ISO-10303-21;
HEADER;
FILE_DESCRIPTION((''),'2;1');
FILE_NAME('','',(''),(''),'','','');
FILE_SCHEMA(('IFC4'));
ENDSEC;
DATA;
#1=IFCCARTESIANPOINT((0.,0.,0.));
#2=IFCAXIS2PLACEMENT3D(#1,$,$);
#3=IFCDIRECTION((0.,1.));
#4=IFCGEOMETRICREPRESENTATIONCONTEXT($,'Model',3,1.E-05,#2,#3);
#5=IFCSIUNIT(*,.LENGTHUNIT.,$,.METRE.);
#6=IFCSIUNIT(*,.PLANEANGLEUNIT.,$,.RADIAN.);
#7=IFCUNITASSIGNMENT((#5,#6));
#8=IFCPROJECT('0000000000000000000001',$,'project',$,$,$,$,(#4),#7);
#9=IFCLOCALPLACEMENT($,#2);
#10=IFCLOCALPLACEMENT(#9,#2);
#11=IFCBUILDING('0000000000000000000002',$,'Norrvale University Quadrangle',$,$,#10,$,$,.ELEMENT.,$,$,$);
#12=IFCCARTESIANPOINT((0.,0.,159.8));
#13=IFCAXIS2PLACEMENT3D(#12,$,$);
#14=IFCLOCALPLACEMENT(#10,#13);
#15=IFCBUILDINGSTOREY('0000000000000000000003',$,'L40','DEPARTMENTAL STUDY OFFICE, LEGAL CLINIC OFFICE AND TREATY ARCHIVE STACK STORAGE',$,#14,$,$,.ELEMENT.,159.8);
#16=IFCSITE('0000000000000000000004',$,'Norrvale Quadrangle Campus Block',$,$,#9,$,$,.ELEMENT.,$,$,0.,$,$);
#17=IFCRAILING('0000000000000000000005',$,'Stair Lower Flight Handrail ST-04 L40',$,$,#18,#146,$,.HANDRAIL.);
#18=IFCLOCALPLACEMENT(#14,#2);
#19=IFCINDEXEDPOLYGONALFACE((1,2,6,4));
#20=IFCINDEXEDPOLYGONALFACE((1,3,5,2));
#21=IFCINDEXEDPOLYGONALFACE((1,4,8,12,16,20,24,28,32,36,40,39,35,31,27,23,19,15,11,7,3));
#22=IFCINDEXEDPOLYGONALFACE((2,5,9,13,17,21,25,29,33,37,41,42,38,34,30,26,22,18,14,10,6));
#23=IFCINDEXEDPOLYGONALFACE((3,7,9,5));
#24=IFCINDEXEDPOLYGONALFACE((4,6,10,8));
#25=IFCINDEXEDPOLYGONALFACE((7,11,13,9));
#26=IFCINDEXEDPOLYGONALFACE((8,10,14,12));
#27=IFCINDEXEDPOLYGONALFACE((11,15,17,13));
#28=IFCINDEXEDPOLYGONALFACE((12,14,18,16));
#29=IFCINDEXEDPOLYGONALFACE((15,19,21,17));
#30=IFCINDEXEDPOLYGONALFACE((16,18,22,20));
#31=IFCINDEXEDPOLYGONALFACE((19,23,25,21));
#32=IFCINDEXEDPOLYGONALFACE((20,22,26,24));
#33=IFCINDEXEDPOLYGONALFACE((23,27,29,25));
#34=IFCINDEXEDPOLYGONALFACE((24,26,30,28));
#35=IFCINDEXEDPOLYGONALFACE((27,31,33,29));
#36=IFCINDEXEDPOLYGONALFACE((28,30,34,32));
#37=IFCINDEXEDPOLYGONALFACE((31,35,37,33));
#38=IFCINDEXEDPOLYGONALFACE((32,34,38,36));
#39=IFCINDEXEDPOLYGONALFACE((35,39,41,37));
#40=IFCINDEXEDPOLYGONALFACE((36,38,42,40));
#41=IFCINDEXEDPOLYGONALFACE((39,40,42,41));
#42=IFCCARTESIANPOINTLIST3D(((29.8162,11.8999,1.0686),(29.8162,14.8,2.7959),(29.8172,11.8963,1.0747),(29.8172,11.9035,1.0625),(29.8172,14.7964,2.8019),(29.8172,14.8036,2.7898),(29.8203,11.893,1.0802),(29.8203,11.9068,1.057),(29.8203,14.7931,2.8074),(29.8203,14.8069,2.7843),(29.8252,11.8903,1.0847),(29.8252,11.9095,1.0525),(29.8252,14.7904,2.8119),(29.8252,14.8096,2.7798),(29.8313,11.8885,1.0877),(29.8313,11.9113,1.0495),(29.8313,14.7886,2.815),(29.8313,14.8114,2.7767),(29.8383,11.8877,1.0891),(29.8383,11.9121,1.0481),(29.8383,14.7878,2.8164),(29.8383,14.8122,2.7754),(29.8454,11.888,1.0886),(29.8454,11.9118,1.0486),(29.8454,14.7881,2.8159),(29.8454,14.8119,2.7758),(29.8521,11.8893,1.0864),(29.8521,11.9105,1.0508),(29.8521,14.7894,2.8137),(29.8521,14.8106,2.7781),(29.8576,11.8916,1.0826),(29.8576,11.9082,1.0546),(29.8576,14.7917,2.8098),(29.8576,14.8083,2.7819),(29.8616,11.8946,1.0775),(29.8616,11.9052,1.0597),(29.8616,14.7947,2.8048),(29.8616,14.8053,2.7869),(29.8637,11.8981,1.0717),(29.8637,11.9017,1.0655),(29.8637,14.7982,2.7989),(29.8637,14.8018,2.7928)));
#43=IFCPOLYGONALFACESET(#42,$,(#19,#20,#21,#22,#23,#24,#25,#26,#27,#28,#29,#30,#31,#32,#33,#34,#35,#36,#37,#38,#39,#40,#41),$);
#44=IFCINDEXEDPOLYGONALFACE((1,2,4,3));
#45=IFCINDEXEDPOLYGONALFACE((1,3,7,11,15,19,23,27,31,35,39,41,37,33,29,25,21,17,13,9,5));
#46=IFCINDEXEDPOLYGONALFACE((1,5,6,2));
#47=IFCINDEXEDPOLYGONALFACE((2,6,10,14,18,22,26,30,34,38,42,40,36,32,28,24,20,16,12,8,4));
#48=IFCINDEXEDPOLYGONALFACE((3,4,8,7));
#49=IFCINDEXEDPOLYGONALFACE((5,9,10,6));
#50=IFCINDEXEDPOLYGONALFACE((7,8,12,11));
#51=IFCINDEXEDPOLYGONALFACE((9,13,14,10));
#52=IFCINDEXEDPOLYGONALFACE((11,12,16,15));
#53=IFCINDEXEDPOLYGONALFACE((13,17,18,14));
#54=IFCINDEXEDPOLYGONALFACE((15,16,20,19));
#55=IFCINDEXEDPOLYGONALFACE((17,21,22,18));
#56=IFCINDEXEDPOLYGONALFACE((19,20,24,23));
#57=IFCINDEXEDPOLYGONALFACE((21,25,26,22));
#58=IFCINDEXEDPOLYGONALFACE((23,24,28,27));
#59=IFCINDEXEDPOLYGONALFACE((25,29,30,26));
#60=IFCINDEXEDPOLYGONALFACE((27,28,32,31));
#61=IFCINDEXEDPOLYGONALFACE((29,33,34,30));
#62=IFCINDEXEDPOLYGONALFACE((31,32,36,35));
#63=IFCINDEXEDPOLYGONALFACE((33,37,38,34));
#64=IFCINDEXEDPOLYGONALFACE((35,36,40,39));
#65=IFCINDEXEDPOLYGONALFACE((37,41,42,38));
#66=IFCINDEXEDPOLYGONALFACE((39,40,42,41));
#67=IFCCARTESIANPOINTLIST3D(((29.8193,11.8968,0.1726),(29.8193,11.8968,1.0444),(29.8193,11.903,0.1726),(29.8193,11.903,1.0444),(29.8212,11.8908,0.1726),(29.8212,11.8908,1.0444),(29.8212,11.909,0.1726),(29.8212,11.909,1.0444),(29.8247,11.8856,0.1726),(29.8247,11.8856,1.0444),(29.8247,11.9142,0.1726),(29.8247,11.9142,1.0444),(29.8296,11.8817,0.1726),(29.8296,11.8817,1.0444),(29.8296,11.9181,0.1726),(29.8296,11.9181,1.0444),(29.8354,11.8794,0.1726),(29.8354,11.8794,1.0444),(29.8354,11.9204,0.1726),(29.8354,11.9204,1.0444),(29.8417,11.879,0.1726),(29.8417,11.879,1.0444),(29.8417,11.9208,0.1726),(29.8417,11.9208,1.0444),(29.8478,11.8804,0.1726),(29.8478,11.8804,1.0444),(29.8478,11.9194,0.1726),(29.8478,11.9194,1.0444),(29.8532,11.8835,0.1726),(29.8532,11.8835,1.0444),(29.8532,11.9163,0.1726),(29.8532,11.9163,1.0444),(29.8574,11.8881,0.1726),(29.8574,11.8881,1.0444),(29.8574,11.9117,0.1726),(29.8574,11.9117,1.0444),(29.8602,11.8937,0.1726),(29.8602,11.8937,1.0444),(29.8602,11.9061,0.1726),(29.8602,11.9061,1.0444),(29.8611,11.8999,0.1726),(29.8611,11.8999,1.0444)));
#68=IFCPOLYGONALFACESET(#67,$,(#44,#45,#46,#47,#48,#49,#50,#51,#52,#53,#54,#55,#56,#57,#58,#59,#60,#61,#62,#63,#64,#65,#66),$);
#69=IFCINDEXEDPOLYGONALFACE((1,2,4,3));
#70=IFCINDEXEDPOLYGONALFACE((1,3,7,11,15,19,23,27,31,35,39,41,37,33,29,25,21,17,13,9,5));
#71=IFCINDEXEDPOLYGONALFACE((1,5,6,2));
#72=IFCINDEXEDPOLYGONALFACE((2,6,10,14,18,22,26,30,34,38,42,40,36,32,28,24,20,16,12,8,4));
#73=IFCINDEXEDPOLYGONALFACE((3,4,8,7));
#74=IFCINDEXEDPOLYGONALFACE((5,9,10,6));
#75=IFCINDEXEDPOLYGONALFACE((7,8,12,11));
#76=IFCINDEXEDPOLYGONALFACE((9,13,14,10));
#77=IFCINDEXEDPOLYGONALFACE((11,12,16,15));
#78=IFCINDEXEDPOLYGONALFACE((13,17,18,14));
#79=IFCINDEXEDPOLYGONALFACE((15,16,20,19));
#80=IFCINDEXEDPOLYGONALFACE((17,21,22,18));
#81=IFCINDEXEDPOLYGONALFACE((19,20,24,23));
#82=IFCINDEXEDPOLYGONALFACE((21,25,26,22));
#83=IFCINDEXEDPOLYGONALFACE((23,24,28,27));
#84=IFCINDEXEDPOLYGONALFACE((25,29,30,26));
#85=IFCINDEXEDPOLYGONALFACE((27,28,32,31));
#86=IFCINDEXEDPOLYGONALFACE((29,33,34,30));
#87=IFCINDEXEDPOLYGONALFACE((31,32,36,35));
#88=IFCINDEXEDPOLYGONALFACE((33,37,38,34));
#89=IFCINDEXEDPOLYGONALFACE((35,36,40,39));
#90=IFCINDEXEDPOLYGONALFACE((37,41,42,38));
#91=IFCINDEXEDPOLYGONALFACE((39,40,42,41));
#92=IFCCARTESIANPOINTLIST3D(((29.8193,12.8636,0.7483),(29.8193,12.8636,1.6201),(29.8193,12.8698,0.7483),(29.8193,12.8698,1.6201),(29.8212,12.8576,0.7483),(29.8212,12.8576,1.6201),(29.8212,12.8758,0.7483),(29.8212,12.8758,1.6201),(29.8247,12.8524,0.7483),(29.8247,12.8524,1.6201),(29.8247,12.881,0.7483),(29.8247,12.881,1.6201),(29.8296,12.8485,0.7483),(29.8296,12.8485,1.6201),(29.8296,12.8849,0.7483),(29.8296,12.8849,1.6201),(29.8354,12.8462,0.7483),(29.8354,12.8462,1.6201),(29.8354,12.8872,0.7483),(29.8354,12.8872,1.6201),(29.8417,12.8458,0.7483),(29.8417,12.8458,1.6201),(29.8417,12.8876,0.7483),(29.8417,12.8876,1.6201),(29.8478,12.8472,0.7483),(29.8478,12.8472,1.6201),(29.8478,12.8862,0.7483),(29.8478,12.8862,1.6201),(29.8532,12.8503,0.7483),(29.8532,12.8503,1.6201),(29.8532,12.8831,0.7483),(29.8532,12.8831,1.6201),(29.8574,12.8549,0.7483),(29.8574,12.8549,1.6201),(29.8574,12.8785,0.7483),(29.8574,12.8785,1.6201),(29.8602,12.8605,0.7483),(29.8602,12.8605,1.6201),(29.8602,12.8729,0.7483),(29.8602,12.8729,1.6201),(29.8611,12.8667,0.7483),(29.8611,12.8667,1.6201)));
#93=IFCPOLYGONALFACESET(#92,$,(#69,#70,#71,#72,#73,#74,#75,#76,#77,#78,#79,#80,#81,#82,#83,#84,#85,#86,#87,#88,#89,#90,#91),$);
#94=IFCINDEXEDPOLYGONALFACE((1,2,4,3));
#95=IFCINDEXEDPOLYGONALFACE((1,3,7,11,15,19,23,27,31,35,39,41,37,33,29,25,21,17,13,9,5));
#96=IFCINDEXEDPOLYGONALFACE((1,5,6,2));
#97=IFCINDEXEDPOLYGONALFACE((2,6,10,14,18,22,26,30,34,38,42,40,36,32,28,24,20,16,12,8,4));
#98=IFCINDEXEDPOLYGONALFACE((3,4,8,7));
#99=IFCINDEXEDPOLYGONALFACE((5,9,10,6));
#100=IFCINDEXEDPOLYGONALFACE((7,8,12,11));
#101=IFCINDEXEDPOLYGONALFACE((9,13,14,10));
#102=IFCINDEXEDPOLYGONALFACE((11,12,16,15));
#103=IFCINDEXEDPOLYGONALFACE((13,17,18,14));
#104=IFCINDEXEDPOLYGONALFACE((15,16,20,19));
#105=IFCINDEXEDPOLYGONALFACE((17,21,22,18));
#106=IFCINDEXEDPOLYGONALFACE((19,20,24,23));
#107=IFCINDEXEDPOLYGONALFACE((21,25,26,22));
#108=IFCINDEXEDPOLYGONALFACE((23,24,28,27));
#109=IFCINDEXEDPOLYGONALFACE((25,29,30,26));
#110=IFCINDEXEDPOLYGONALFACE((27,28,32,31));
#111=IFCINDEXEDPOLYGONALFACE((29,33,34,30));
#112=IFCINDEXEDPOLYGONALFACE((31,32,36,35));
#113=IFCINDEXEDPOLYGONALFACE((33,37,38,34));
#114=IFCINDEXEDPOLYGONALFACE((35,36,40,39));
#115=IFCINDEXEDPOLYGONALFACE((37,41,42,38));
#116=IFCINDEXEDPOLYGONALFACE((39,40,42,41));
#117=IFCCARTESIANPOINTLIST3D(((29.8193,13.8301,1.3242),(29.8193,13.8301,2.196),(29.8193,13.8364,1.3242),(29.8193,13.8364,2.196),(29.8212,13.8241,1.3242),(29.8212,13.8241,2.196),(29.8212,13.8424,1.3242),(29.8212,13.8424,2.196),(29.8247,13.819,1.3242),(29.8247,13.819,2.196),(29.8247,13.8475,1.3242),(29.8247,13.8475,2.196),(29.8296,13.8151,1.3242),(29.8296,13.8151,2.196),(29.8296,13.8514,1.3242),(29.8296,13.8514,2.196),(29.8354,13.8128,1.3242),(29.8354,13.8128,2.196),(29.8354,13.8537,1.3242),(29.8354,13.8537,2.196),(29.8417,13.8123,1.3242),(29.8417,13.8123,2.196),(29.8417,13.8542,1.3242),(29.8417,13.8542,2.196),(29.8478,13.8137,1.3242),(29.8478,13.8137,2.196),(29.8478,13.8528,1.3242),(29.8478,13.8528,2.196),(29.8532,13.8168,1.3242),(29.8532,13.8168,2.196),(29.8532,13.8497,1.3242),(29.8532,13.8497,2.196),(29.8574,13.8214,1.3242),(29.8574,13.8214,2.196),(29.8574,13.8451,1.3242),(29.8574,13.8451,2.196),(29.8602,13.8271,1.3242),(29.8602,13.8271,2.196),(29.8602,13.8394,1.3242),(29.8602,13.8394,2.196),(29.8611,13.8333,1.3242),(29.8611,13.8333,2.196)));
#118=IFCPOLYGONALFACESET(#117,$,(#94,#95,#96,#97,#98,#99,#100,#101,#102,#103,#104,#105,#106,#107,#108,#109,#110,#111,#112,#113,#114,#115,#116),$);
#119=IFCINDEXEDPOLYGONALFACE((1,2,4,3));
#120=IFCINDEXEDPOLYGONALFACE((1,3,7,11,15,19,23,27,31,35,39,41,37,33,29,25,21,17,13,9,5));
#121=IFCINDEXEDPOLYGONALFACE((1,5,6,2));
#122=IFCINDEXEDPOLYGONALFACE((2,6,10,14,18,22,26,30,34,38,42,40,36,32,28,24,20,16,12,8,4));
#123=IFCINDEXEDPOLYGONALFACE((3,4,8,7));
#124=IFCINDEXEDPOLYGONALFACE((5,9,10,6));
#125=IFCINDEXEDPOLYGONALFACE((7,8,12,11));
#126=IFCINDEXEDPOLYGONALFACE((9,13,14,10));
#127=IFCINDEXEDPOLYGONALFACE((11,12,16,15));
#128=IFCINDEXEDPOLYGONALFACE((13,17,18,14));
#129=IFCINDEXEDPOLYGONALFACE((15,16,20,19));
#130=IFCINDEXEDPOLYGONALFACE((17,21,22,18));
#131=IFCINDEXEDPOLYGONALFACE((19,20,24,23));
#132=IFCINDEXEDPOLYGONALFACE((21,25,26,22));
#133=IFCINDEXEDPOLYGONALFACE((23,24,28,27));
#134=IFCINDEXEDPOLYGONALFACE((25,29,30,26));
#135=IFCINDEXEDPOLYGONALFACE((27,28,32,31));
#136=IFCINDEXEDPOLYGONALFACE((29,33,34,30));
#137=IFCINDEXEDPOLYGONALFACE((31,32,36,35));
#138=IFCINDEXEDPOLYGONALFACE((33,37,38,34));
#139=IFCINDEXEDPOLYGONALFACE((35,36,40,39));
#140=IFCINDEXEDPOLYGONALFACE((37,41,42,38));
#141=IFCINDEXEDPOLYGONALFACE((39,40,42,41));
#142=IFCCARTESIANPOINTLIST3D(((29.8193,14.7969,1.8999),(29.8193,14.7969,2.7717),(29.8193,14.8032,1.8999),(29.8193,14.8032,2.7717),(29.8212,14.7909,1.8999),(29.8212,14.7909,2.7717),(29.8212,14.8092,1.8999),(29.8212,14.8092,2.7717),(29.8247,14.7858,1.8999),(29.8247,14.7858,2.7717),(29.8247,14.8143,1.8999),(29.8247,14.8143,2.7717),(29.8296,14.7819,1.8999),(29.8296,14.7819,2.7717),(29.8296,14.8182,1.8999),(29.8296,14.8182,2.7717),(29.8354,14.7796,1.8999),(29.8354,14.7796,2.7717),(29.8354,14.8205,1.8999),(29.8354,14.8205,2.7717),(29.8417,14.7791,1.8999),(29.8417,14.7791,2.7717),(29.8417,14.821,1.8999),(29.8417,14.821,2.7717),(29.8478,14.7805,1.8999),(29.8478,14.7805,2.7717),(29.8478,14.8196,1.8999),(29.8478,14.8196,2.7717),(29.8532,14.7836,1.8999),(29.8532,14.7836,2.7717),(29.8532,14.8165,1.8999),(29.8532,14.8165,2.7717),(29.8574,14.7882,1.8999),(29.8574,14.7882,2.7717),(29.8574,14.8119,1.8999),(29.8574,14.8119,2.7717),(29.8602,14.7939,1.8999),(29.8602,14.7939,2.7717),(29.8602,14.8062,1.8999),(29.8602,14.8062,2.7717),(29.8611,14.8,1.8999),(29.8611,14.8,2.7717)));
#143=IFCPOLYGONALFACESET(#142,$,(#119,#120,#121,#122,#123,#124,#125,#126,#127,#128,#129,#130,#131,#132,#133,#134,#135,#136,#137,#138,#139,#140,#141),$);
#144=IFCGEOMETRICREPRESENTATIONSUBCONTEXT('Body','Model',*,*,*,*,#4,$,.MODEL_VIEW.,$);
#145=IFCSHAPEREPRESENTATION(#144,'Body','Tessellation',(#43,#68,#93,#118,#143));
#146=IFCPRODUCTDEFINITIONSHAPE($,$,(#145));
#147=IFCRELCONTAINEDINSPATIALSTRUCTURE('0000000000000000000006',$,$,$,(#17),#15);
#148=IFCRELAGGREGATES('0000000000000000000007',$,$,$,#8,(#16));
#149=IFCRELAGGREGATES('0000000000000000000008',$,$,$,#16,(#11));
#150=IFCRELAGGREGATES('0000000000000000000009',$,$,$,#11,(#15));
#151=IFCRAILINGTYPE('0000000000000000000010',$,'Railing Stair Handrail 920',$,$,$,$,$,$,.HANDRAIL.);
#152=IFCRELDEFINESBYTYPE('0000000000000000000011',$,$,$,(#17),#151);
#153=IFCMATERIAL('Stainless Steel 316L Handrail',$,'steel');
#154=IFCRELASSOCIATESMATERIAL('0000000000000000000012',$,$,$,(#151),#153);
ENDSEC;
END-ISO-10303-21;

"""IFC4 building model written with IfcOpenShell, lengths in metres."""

from ifc_helpers import new_model, si_unit, direction, frame, origin, origin_2d, place, context, subcontext, project, spatial, circle, extrude, material, type_object, element, save


model = new_model("IFC4")

# Units and contexts
model_context = context("Model", 3, precision=1e-05, world=origin(), true_north=direction((0.0, 1.0)))
body_context = subcontext(model_context, "Body", "Model", "MODEL_VIEW")
ifc_project = project(units=[si_unit("LENGTHUNIT", "METRE"), si_unit("PLANEANGLEUNIT", "RADIAN")], contexts=[model_context])

# Site, building, storey
site_placement = place(None, origin())
site = spatial("IfcSite", under=ifc_project, at=site_placement, Name="Norrvale Quadrangle Campus Block", CompositionType="ELEMENT", RefElevation=0.0)
building_placement = place(site_placement, origin())
building = spatial("IfcBuilding", under=site, at=building_placement, Name="Norrvale University Quadrangle", CompositionType="ELEMENT")
storey_placement = place(building_placement, frame((0.0, 0.0, 159.8)))
storey = spatial("IfcBuildingStorey", under=building, at=storey_placement, Name="L40", Description="DEPARTMENTAL STUDY OFFICE, LEGAL CLINIC OFFICE AND TREATY ARCHIVE STACK STORAGE", CompositionType="ELEMENT", Elevation=159.8)

# Railing
ifc_material_1 = material(Name="Stainless Steel 316L Handrail", Category="steel")
railing_type_1 = type_object("IfcRailingType", Name="Railing Stair Handrail 920", PredefinedType="HANDRAIL", material=ifc_material_1)
railing_1_placement = place(storey_placement, frame((29.8401, 11.8999, 0.1726)))
element("IfcRailing", 1, at=railing_1_placement, inside=storey, type_object=railing_type_1, Name="Stair Lower Flight Handrail ST-04 L40", PredefinedType="HANDRAIL", context=body_context, shape_type="SweptSolid", body=[
    extrude(circle(Radius=0.0239, at=origin_2d()), frame((0.0, 0.0, 0.896), z_axis=(0.0, 0.85916, 0.511706), x_axis=(-1.0, 0.0, 0.0)), (0.0, 0.0, 1.0), 3.3755),
    extrude(circle(Radius=0.021, at=origin_2d()), origin(), (0.0, 0.0, 1.0), 0.8718),
    extrude(circle(Radius=0.021, at=origin_2d()), frame((0.0, 0.9668, 0.5757)), (0.0, 0.0, 1.0), 0.8718),
    extrude(circle(Radius=0.021, at=origin_2d()), frame((0.0, 1.9333, 1.1516)), (0.0, 0.0, 1.0), 0.8718),
    extrude(circle(Radius=0.021, at=origin_2d()), frame((0.0, 2.9001, 1.7273)), (0.0, 0.0, 1.0), 0.8718),
])

save(model, "model.ifc")
